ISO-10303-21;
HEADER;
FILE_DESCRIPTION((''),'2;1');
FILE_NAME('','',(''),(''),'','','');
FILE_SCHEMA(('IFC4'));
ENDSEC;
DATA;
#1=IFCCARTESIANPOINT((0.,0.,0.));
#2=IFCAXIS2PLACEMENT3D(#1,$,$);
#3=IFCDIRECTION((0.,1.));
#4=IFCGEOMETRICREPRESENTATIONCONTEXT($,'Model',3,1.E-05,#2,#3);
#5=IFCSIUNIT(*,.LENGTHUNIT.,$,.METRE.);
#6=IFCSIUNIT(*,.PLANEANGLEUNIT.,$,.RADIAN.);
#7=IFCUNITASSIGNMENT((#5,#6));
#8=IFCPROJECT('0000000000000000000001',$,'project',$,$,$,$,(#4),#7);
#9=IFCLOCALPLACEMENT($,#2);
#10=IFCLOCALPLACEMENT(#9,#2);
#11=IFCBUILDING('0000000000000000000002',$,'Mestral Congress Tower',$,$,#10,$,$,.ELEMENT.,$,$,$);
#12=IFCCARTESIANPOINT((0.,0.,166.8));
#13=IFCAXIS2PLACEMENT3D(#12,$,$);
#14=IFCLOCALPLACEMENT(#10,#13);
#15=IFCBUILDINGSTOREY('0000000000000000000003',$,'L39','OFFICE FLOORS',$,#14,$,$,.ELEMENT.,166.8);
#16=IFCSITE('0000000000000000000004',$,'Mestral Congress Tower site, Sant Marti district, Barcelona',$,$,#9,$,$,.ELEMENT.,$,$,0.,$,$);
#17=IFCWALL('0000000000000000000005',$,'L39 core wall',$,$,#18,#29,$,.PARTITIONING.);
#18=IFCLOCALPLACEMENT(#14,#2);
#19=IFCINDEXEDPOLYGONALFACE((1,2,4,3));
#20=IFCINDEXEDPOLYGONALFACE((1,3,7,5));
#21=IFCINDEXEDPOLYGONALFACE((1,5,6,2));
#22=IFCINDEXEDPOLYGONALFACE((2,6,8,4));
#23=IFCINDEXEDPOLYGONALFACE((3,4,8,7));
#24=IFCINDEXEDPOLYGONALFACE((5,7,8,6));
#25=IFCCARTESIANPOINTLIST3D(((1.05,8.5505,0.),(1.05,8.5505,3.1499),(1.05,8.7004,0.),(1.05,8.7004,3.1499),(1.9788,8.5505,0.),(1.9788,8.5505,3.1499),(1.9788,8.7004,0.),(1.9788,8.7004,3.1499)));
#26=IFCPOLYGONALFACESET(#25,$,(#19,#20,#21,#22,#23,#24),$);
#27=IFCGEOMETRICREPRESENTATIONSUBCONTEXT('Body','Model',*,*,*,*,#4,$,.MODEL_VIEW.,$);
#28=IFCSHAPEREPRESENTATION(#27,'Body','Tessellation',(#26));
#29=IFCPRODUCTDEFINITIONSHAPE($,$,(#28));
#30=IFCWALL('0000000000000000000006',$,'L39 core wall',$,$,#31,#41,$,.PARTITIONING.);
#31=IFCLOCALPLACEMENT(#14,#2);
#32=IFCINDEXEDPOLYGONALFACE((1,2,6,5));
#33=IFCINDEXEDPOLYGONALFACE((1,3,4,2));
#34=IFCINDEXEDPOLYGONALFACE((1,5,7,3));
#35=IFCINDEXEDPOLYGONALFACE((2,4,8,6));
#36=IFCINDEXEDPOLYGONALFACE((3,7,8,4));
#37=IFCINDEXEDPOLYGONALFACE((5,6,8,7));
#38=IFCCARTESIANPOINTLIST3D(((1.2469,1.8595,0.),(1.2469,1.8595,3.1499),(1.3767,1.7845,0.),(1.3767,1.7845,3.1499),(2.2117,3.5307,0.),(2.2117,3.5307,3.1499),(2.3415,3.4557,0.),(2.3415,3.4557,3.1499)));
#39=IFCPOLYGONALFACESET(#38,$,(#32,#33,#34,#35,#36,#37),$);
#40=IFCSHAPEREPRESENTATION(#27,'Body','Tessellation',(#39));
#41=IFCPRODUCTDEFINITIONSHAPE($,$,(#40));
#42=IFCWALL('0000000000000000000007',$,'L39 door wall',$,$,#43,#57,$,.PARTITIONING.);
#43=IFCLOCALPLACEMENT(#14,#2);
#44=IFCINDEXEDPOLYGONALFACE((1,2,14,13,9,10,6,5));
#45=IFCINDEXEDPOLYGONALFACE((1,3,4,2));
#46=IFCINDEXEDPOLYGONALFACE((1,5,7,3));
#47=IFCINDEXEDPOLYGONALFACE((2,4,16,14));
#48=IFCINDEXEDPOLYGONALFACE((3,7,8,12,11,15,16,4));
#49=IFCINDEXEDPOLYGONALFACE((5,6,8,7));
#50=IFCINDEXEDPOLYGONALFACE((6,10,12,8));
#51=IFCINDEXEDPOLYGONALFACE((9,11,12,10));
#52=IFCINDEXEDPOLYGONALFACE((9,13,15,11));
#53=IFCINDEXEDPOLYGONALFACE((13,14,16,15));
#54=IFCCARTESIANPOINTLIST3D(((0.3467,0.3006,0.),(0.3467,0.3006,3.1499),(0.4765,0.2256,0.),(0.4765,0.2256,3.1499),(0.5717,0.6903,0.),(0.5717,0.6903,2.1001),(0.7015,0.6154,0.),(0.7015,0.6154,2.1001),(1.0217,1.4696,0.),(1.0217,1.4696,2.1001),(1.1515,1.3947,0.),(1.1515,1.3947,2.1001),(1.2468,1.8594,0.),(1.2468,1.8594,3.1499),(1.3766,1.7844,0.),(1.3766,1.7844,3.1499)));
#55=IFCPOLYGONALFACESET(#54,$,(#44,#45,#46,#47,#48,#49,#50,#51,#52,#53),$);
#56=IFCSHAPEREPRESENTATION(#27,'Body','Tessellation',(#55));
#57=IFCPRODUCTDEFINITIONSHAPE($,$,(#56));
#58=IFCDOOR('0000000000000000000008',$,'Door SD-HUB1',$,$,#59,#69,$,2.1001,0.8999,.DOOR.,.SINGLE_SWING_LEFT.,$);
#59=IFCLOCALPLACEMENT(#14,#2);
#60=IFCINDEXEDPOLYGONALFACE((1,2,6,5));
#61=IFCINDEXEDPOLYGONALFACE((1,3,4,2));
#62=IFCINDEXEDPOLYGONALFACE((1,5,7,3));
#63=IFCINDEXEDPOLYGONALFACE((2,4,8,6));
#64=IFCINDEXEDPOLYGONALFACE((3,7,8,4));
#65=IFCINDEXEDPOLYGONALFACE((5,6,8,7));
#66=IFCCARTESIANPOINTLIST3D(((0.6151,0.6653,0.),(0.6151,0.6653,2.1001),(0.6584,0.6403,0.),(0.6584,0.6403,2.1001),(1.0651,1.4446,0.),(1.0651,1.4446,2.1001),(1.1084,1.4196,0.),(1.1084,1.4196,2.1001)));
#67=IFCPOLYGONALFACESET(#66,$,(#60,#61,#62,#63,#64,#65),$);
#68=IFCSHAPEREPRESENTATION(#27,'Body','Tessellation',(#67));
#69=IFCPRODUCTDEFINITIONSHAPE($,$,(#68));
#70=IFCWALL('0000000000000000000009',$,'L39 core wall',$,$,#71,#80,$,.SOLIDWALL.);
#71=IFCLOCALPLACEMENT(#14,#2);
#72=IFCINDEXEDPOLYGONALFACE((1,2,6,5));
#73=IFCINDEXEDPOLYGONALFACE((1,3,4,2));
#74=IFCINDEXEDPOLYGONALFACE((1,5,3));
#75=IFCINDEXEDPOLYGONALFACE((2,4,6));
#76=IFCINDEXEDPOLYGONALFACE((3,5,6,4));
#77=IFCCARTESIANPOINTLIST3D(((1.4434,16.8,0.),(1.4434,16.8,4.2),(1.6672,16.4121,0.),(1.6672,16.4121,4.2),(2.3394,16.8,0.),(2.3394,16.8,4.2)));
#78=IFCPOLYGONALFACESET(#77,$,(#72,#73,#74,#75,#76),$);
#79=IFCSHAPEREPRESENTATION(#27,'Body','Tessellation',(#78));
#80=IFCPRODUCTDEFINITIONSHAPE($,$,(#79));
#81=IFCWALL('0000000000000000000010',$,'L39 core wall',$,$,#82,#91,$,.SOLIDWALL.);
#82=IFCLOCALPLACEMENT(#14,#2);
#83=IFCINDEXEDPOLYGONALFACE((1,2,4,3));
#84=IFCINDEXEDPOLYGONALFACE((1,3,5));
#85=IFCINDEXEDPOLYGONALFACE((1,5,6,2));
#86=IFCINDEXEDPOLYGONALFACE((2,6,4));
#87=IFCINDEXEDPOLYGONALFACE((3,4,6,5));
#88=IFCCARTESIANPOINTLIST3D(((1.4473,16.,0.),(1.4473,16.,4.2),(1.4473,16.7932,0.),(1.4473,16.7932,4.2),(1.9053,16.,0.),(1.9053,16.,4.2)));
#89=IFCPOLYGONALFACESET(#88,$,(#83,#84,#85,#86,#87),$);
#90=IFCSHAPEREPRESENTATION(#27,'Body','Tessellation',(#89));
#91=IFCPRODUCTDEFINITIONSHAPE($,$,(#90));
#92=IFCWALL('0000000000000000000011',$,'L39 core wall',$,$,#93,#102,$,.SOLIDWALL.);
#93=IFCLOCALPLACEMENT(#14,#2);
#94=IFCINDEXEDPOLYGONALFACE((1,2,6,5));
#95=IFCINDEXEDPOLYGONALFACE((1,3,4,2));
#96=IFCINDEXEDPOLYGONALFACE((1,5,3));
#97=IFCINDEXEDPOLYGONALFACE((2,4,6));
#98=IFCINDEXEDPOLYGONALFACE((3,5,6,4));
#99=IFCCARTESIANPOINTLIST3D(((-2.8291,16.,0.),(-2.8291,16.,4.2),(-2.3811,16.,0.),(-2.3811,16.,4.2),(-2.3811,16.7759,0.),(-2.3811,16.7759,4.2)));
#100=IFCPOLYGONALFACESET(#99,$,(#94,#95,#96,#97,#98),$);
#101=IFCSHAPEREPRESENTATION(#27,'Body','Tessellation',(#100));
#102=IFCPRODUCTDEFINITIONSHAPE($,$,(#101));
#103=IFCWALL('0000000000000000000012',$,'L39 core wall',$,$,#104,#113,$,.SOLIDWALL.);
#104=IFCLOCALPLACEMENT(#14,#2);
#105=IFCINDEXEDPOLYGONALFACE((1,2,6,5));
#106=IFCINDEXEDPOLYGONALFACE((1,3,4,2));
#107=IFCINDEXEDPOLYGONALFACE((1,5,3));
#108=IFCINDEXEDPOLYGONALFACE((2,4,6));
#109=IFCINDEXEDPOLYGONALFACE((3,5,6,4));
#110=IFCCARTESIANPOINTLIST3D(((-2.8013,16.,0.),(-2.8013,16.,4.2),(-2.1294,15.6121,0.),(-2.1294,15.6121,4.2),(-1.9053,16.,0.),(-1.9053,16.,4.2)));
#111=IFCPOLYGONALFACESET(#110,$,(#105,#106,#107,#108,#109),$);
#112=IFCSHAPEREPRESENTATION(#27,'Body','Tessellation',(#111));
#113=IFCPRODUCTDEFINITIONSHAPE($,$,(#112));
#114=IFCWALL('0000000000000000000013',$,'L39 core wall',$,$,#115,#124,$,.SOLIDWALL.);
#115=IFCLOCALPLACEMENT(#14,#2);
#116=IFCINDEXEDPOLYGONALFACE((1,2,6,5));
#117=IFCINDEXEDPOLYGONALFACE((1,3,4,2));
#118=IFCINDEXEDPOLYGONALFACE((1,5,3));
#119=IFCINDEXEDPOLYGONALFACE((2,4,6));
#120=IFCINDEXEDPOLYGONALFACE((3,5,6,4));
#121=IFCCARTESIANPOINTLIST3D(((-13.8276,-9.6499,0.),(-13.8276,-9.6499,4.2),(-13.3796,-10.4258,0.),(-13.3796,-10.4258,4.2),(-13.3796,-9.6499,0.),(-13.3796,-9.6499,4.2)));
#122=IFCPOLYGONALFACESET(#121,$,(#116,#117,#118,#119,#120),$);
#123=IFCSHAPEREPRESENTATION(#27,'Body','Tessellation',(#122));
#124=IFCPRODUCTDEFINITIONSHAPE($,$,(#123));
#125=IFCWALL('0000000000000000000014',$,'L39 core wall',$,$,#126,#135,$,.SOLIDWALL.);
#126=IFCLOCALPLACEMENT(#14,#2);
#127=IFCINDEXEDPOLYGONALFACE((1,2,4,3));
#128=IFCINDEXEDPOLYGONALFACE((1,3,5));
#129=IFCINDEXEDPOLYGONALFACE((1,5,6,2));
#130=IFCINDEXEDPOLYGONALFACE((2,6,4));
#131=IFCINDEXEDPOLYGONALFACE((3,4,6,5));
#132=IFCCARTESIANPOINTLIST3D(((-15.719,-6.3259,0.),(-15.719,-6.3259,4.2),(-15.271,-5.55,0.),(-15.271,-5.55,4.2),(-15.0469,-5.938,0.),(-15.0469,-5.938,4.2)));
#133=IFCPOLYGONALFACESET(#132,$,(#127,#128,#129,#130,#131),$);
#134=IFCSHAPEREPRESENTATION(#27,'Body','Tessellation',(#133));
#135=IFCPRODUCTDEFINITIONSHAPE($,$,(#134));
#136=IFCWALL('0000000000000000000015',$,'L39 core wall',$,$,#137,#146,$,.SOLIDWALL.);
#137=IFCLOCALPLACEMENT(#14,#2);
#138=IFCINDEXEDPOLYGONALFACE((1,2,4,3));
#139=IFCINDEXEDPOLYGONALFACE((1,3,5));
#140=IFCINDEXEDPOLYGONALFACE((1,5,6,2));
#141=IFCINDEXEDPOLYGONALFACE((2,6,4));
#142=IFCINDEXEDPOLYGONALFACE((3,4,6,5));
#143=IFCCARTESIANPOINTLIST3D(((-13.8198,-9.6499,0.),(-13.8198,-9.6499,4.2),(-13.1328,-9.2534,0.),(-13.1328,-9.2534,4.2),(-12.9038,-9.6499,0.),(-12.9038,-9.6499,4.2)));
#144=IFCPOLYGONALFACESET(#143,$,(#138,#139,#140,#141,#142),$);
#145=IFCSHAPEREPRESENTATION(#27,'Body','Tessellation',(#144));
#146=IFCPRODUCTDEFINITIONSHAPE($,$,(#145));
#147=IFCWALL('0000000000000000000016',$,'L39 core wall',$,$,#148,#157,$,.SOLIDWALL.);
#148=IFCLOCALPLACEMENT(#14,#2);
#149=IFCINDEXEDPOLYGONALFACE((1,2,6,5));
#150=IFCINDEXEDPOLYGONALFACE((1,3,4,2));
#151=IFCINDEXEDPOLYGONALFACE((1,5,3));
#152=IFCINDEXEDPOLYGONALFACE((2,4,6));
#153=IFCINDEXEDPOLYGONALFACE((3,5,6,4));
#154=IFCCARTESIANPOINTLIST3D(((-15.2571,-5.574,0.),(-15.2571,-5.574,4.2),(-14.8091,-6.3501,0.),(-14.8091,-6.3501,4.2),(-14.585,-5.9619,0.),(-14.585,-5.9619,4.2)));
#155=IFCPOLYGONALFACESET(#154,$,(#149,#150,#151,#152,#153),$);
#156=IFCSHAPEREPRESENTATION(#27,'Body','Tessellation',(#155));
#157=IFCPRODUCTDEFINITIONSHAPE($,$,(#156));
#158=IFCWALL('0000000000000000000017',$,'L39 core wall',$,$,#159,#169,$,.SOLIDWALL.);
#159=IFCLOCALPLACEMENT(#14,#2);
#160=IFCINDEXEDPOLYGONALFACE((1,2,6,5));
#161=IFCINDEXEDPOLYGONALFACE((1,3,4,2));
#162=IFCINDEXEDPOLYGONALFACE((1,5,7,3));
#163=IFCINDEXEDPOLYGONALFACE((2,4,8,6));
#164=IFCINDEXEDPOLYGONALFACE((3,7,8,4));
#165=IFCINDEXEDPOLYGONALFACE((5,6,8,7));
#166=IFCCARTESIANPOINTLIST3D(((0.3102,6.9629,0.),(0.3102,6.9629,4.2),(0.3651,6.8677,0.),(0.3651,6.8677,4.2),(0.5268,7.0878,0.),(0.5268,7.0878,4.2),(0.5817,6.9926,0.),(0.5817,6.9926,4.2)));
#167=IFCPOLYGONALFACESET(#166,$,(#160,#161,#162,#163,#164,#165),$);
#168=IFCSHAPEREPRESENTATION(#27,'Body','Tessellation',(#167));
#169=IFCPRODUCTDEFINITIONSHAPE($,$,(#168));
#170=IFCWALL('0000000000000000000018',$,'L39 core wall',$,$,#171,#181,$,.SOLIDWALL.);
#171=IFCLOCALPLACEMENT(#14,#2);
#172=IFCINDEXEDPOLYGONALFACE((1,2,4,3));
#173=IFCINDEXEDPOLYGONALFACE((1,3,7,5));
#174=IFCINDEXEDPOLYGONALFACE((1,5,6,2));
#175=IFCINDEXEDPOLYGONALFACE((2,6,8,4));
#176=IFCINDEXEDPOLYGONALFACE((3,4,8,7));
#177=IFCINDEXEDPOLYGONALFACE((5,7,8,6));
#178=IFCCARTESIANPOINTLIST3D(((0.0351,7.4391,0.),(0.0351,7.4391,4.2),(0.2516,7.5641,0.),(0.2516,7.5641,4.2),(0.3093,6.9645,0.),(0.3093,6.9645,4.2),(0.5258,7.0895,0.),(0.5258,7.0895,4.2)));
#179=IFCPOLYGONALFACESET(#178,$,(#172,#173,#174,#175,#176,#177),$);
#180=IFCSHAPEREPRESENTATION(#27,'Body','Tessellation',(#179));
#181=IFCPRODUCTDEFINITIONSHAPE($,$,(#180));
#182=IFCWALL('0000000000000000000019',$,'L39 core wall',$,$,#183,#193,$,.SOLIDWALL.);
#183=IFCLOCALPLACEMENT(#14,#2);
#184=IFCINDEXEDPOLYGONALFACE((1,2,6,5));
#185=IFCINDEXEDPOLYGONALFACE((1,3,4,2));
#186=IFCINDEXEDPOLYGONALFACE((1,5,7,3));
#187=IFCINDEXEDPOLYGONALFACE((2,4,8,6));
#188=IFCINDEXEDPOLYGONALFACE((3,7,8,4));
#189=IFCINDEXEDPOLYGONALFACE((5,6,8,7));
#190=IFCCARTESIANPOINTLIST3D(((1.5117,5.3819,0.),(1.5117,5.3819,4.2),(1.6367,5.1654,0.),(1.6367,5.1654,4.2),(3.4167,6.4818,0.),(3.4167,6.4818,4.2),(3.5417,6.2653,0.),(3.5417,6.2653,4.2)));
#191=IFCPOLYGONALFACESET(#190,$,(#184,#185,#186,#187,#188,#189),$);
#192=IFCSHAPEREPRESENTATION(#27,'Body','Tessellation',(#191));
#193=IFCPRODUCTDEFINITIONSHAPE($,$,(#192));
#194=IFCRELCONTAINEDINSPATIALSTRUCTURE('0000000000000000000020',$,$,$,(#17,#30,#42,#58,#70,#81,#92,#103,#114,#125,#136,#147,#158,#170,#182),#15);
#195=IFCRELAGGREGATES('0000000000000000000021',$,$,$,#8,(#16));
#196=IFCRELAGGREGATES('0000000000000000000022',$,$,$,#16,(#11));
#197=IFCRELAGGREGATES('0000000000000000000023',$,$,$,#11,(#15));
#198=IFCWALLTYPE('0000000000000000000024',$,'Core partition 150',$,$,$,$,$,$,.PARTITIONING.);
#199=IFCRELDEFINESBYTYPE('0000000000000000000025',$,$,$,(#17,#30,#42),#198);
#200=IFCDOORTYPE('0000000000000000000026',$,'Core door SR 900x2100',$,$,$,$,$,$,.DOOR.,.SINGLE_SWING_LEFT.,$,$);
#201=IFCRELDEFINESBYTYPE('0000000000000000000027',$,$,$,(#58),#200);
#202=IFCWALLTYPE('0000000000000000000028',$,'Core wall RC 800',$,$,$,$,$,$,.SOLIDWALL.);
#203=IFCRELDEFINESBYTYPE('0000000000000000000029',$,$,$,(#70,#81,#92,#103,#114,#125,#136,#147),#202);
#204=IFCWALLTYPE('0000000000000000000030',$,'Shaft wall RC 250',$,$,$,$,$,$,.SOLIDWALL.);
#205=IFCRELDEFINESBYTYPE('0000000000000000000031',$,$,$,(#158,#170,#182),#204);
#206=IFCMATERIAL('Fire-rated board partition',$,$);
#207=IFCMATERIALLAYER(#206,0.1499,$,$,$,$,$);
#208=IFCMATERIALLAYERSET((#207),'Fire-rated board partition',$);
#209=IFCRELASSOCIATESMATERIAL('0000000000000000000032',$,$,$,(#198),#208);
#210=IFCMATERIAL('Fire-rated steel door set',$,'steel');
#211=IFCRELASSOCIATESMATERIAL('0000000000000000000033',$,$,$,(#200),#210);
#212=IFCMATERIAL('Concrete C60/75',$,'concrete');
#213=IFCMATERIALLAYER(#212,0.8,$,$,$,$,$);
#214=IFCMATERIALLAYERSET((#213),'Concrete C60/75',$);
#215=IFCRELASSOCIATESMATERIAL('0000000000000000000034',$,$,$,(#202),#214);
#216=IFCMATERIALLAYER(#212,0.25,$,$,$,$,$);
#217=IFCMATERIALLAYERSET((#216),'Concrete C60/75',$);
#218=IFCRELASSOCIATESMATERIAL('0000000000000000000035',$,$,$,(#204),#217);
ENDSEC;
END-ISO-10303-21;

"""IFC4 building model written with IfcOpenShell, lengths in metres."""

from ifc_helpers import new_model, si_unit, direction, frame, frame_2d, origin, place, context, subcontext, project, spatial, polyline, rectangle, outline, extrude, material, layer, layer_set, type_object, element, fill, save


model = new_model("IFC4")

# Units and contexts
model_context = context("Model", 3, precision=1e-05, world=origin(), true_north=direction((0.0, 1.0)))
body_context = subcontext(model_context, "Body", "Model", "MODEL_VIEW")
ifc_project = project(units=[si_unit("LENGTHUNIT", "METRE"), si_unit("PLANEANGLEUNIT", "RADIAN")], contexts=[model_context])

# Site, building, storey
site_placement = place(None, origin())
site = spatial("IfcSite", under=ifc_project, at=site_placement, Name="Mestral Congress Tower site, Sant Marti district, Barcelona", CompositionType="ELEMENT", RefElevation=0.0)
building_placement = place(site_placement, origin())
building = spatial("IfcBuilding", under=site, at=building_placement, Name="Mestral Congress Tower", CompositionType="ELEMENT")
storey_placement = place(building_placement, frame((0.0, 0.0, 166.8)))
storey = spatial("IfcBuildingStorey", under=building, at=storey_placement, Name="L39", Description="OFFICE FLOORS", CompositionType="ELEMENT", Elevation=166.8)

# Walls
ifc_material_1 = material(Name="Fire-rated board partition")
ifc_layer_1 = layer(ifc_material_1, 0.1499)
ifc_layer_set_1 = layer_set([ifc_layer_1], Name="Fire-rated board partition")
wall_type_1 = type_object("IfcWallType", Name="Core partition 150", PredefinedType="PARTITIONING", material=ifc_layer_set_1)
wall_1_placement = place(storey_placement, frame((1.05, 8.6255, 0.0), z_axis=(0.0, 0.0, 1.0), x_axis=(1.0, 0.0, 0.0)))
element("IfcWall", 1, at=wall_1_placement, inside=storey, type_object=wall_type_1, Name="L39 core wall", PredefinedType="PARTITIONING", context=body_context, shape_type="SweptSolid", body=[
    extrude(rectangle(XDim=0.9287, YDim=0.1499, at=frame_2d((0.4644, 0.0))), origin(), (0.0, 0.0, 1.0), 3.1499),
])
wall_2_placement = place(storey_placement, frame((1.3118, 1.822, 0.0), z_axis=(0.0, 0.0, 1.0), x_axis=(0.500004, 0.866023, 0.0)))
element("IfcWall", 2, at=wall_2_placement, inside=storey, type_object=wall_type_1, Name="L39 core wall", PredefinedType="PARTITIONING", context=body_context, shape_type="SweptSolid", body=[
    extrude(rectangle(XDim=1.9297, YDim=0.1499, at=frame_2d((0.9648, 0.0))), origin(), (0.0, 0.0, 1.0), 3.1499),
])

# Wall, opening, door
wall_3_placement = place(storey_placement, frame((0.4116, 0.2632, 0.0), z_axis=(0.0, 0.0, 1.0), x_axis=(0.500063, 0.865989, 0.0)))
wall_3 = element("IfcWall", 3, at=wall_3_placement, inside=storey, type_object=wall_type_1, Name="L39 door wall", PredefinedType="PARTITIONING", context=body_context, shape_type="SweptSolid", body=[
    extrude(rectangle(XDim=1.8, YDim=0.1499, at=frame_2d((0.8999, 0.0))), origin(), (0.0, 0.0, 1.0), 3.1499),
])
opening_1_placement = place(wall_3_placement, frame((0.45, 0.0, 0.0)))
opening_1 = element("IfcOpeningElement", 4, at=opening_1_placement, cuts=wall_3, PredefinedType="OPENING", context=body_context, shape_type="SweptSolid", body=[
    extrude(rectangle(XDim=0.8999, YDim=2.1001, at=frame_2d((0.45, 1.05))), frame((0.0, 0.085, 0.0), z_axis=(0.0, -1.0, 0.0), x_axis=(1.0, 0.0, 0.0)), (0.0, 0.0, 1.0), 0.1699),
])
ifc_material_2 = material(Name="Fire-rated steel door set", Category="steel")
door_type_1 = type_object("IfcDoorType", Name="Core door SR 900x2100", OperationType="SINGLE_SWING_LEFT", PredefinedType="DOOR", material=ifc_material_2)
door_1_placement = place(opening_1_placement, origin())
door_1 = element("IfcDoor", 5, at=door_1_placement, inside=storey, type_object=door_type_1, Name="Door SD-HUB1", OperationType="SINGLE_SWING_LEFT", OverallHeight=2.1001, OverallWidth=0.8999, PredefinedType="DOOR", context=body_context, shape_type="SweptSolid", body=[
    extrude(rectangle(XDim=0.8999, YDim=2.1001, at=frame_2d((0.45, 1.05))), frame((0.0, 0.0249, 0.0), z_axis=(0.0, -1.0, 0.0), x_axis=(1.0, 0.0, 0.0)), (0.0, 0.0, 1.0), 0.05),
])
fill(opening_1, door_1)

# Walls
ifc_material_3 = material(Name="Concrete C60/75", Category="concrete")
ifc_layer_2 = layer(ifc_material_3, 0.8)
ifc_layer_set_2 = layer_set([ifc_layer_2], Name="Concrete C60/75")
wall_type_2 = type_object("IfcWallType", Name="Core wall RC 800", PredefinedType="SOLIDWALL", material=ifc_layer_set_2)
placement = place(storey_placement, origin())
element("IfcWall", 6, at=placement, inside=storey, type_object=wall_type_2, Name="L39 core wall", PredefinedType="SOLIDWALL", context=body_context, shape_type="SweptSolid", body=[
    extrude(outline(polyline([(1.4434, 16.8), (2.3394, 16.8), (1.6672, 16.4121), (1.4434, 16.8)])), origin(), (0.0, 0.0, 1.0), 4.2),
])
element("IfcWall", 7, at=placement, inside=storey, type_object=wall_type_2, Name="L39 core wall", PredefinedType="SOLIDWALL", context=body_context, shape_type="SweptSolid", body=[
    extrude(outline(polyline([(1.9053, 16.0), (1.4473, 16.0), (1.4473, 16.7932), (1.9053, 16.0)])), origin(), (0.0, 0.0, 1.0), 4.2),
])
element("IfcWall", 8, at=placement, inside=storey, type_object=wall_type_2, Name="L39 core wall", PredefinedType="SOLIDWALL", context=body_context, shape_type="SweptSolid", body=[
    extrude(outline(polyline([(-2.8291, 16.0), (-2.3811, 16.7759), (-2.3811, 16.0), (-2.8291, 16.0)])), origin(), (0.0, 0.0, 1.0), 4.2),
])
element("IfcWall", 9, at=placement, inside=storey, type_object=wall_type_2, Name="L39 core wall", PredefinedType="SOLIDWALL", context=body_context, shape_type="SweptSolid", body=[
    extrude(outline(polyline([(-1.9053, 16.0), (-2.1294, 15.6121), (-2.8013, 16.0), (-1.9053, 16.0)])), origin(), (0.0, 0.0, 1.0), 4.2),
])
element("IfcWall", 10, at=placement, inside=storey, type_object=wall_type_2, Name="L39 core wall", PredefinedType="SOLIDWALL", context=body_context, shape_type="SweptSolid", body=[
    extrude(outline(polyline([(-13.8276, -9.6499), (-13.3796, -9.6499), (-13.3796, -10.4258), (-13.8276, -9.6499)])), origin(), (0.0, 0.0, 1.0), 4.2),
])
element("IfcWall", 11, at=placement, inside=storey, type_object=wall_type_2, Name="L39 core wall", PredefinedType="SOLIDWALL", context=body_context, shape_type="SweptSolid", body=[
    extrude(outline(polyline([(-15.0469, -5.938), (-15.719, -6.3259), (-15.271, -5.55), (-15.0469, -5.938)])), origin(), (0.0, 0.0, 1.0), 4.2),
])
element("IfcWall", 12, at=placement, inside=storey, type_object=wall_type_2, Name="L39 core wall", PredefinedType="SOLIDWALL", context=body_context, shape_type="SweptSolid", body=[
    extrude(outline(polyline([(-12.9038, -9.6499), (-13.8198, -9.6499), (-13.1328, -9.2534), (-12.9038, -9.6499)])), origin(), (0.0, 0.0, 1.0), 4.2),
])
element("IfcWall", 13, at=placement, inside=storey, type_object=wall_type_2, Name="L39 core wall", PredefinedType="SOLIDWALL", context=body_context, shape_type="SweptSolid", body=[
    extrude(outline(polyline([(-14.8091, -6.3501), (-15.2571, -5.574), (-14.585, -5.9619), (-14.8091, -6.3501)])), origin(), (0.0, 0.0, 1.0), 4.2),
])
ifc_layer_3 = layer(ifc_material_3, 0.25)
ifc_layer_set_3 = layer_set([ifc_layer_3], Name="Concrete C60/75")
wall_type_3 = type_object("IfcWallType", Name="Shaft wall RC 250", PredefinedType="SOLIDWALL", material=ifc_layer_set_3)
wall_4_placement = place(storey_placement, frame((0.4734, 6.9302, 0.0), z_axis=(0.0, 0.0, 1.0), x_axis=(-0.499722, 0.866186, 0.0)))
element("IfcWall", 14, at=wall_4_placement, inside=storey, type_object=wall_type_3, Name="L39 core wall", PredefinedType="SOLIDWALL", context=body_context, shape_type="SweptSolid", body=[
    extrude(rectangle(XDim=0.1099, YDim=0.25, at=frame_2d((0.0549, 0.0))), origin(), (0.0, 0.0, 1.0), 4.2),
])
wall_5_placement = place(storey_placement, frame((0.4175, 7.0271, 0.0), z_axis=(0.0, 0.0, 1.0), x_axis=(-0.500211, 0.865904, 0.0)))
element("IfcWall", 15, at=wall_5_placement, inside=storey, type_object=wall_type_3, Name="L39 core wall", PredefinedType="SOLIDWALL", context=body_context, shape_type="SweptSolid", body=[
    extrude(rectangle(XDim=0.5481, YDim=0.25, at=frame_2d((0.2739, 0.0))), origin(), (0.0, 0.0, 1.0), 4.2),
])
wall_6_placement = place(storey_placement, frame((1.5742, 5.2737, 0.0), z_axis=(0.0, 0.0, 1.0), x_axis=(0.866028, 0.499995, 0.0)))
element("IfcWall", 16, at=wall_6_placement, inside=storey, type_object=wall_type_3, Name="L39 core wall", PredefinedType="SOLIDWALL", context=body_context, shape_type="SweptSolid", body=[
    extrude(rectangle(XDim=2.1997, YDim=0.25, at=frame_2d((1.0999, 0.0))), origin(), (0.0, 0.0, 1.0), 4.2),
])

save(model, "model.ifc")
